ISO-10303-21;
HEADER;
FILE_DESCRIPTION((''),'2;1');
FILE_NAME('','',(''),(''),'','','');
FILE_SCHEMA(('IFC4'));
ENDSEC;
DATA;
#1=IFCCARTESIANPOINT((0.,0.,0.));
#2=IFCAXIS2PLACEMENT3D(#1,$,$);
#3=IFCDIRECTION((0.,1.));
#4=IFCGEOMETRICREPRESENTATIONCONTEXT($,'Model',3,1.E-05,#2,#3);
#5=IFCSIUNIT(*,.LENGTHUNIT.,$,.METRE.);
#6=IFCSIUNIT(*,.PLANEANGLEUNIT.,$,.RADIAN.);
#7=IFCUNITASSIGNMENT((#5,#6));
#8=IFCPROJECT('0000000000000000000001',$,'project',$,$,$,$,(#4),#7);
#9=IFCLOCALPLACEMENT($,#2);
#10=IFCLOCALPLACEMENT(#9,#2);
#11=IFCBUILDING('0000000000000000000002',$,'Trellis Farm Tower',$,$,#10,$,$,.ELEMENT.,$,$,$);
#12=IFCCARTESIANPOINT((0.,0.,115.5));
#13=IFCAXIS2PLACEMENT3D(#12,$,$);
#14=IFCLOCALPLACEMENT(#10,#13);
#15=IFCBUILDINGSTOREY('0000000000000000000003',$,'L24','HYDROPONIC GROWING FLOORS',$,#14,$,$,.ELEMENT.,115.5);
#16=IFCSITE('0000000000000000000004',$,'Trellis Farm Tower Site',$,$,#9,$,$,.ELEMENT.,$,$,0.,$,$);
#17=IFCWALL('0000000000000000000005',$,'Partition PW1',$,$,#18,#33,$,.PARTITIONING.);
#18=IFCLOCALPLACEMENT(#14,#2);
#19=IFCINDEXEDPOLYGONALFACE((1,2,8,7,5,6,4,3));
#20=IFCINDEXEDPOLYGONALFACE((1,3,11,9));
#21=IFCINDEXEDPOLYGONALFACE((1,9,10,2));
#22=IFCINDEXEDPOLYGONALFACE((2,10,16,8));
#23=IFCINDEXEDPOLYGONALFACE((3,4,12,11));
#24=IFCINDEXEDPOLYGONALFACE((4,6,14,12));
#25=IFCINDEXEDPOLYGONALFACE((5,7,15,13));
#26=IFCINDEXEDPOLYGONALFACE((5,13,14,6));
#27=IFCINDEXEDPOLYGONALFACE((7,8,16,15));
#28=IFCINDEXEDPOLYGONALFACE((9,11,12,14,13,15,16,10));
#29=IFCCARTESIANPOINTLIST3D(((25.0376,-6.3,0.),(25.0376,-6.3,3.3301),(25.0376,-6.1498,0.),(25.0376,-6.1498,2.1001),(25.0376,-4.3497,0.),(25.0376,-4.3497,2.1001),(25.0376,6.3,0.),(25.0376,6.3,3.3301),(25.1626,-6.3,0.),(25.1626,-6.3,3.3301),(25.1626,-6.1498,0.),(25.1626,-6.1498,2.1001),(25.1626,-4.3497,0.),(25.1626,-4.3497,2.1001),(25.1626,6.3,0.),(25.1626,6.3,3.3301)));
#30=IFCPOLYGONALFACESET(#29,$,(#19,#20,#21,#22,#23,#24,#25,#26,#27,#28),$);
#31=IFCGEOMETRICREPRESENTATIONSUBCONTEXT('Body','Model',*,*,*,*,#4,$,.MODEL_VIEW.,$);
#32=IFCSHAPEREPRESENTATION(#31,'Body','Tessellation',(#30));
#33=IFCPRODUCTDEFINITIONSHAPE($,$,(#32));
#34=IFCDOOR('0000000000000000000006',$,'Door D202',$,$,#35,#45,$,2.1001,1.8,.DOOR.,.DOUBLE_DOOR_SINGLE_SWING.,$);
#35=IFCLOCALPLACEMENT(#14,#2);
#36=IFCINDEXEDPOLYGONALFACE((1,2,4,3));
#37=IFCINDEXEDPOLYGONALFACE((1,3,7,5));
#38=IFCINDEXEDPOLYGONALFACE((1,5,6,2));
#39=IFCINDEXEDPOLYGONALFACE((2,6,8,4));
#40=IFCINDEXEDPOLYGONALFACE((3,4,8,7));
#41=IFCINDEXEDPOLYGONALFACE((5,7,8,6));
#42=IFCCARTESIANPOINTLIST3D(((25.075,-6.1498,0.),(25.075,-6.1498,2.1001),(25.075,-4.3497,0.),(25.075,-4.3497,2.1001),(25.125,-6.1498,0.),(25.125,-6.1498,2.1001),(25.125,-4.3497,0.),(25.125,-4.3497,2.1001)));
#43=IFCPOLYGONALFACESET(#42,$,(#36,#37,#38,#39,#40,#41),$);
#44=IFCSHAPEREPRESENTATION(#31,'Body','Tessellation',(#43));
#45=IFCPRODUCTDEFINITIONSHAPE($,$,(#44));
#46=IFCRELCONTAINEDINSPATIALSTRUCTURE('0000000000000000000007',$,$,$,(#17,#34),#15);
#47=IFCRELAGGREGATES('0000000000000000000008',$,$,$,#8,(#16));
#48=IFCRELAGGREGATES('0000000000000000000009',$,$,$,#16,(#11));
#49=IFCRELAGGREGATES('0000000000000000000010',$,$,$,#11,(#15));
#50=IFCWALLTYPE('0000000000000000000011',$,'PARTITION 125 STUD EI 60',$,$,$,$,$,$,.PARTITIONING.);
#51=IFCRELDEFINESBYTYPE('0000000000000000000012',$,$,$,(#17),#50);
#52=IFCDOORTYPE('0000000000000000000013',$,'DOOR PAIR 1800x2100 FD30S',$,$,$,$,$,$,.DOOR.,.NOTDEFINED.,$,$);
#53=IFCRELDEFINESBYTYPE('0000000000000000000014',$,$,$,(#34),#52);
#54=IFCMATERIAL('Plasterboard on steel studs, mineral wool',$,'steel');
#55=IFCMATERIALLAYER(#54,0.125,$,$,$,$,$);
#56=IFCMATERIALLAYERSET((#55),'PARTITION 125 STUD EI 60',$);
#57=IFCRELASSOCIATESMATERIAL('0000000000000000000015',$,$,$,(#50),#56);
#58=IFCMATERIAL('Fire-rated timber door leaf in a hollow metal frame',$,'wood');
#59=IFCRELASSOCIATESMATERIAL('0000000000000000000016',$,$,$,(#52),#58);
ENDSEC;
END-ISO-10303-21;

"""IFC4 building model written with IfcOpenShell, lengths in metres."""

from ifc_helpers import new_model, si_unit, direction, frame, frame_2d, origin, place, context, subcontext, project, spatial, rectangle, extrude, source, transform, mapped, material, layer, layer_set, type_object, element, fill, save


model = new_model("IFC4")

# Units and contexts
model_context = context("Model", 3, precision=1e-05, world=origin(), true_north=direction((0.0, 1.0)))
body_context = subcontext(model_context, "Body", "Model", "MODEL_VIEW")
ifc_project = project(units=[si_unit("LENGTHUNIT", "METRE"), si_unit("PLANEANGLEUNIT", "RADIAN")], contexts=[model_context])

# Site, building, storey
site_placement = place(None, origin())
site = spatial("IfcSite", under=ifc_project, at=site_placement, Name="Trellis Farm Tower Site", CompositionType="ELEMENT", RefElevation=0.0)
building_placement = place(site_placement, origin())
building = spatial("IfcBuilding", under=site, at=building_placement, Name="Trellis Farm Tower", CompositionType="ELEMENT")
storey_placement = place(building_placement, frame((0.0, 0.0, 115.5)))
storey = spatial("IfcBuildingStorey", under=building, at=storey_placement, Name="L24", Description="HYDROPONIC GROWING FLOORS", CompositionType="ELEMENT", Elevation=115.5)

# Wall, opening, door
ifc_material_1 = material(Name="Plasterboard on steel studs, mineral wool", Category="steel")
ifc_layer_1 = layer(ifc_material_1, 0.125)
ifc_layer_set_1 = layer_set([ifc_layer_1], Name="PARTITION 125 STUD EI 60")
wall_type_1 = type_object("IfcWallType", Name="PARTITION 125 STUD EI 60", PredefinedType="PARTITIONING", material=ifc_layer_set_1)
shared_shape_1 = source(origin(), body_context, "Body", "SweptSolid", [
    extrude(rectangle(XDim=12.6001, YDim=0.125, at=frame_2d((6.3, 0.0))), origin(), (0.0, 0.0, 1.0), 3.3301),
])
wall_1_placement = place(storey_placement, frame((25.1001, 6.3, 0.0), z_axis=(0.0, 0.0, 1.0), x_axis=(0.0, -1.0, 0.0)))
wall_1 = element("IfcWall", 1, at=wall_1_placement, inside=storey, type_object=wall_type_1, Name="Partition PW1", PredefinedType="PARTITIONING", context=body_context, shape_type="MappedRepresentation", body=[
    mapped(shared_shape_1, transform((0.0, 0.0, 0.0))),
])
shared_shape_2 = source(origin(), body_context, "Body", "SweptSolid", [
    extrude(rectangle(XDim=1.8, YDim=2.1001, at=frame_2d((0.8999, 1.05))), frame((0.0, 0.0725, 0.0), z_axis=(0.0, -1.0, 0.0), x_axis=(1.0, 0.0, 0.0)), (0.0, 0.0, 1.0), 0.145),
])
opening_1_placement = place(wall_1_placement, frame((10.6499, 0.0, 0.0)))
opening_1 = element("IfcOpeningElement", 2, at=opening_1_placement, cuts=wall_1, PredefinedType="OPENING", context=body_context, shape_type="MappedRepresentation", body=[
    mapped(shared_shape_2, transform((0.0, 0.0, 0.0))),
])
ifc_material_2 = material(Name="Fire-rated timber door leaf in a hollow metal frame", Category="wood")
door_type_1 = type_object("IfcDoorType", Name="DOOR PAIR 1800x2100 FD30S", OperationType="NOTDEFINED", PredefinedType="DOOR", material=ifc_material_2)
shared_shape_3 = source(origin(), body_context, "Body", "SweptSolid", [
    extrude(rectangle(XDim=1.8, YDim=2.1001, at=frame_2d((0.8999, 1.05))), frame((0.0, 0.0249, 0.0), z_axis=(0.0, -1.0, 0.0), x_axis=(1.0, 0.0, 0.0)), (0.0, 0.0, 1.0), 0.05),
])
door_1_placement = place(opening_1_placement, origin())
door_1 = element("IfcDoor", 3, at=door_1_placement, inside=storey, type_object=door_type_1, Name="Door D202", OperationType="DOUBLE_DOOR_SINGLE_SWING", OverallHeight=2.1001, OverallWidth=1.8, PredefinedType="DOOR", context=body_context, shape_type="MappedRepresentation", body=[
    mapped(shared_shape_3, transform((0.0, 0.0, 0.0))),
])
fill(opening_1, door_1)

save(model, "model.ifc")
